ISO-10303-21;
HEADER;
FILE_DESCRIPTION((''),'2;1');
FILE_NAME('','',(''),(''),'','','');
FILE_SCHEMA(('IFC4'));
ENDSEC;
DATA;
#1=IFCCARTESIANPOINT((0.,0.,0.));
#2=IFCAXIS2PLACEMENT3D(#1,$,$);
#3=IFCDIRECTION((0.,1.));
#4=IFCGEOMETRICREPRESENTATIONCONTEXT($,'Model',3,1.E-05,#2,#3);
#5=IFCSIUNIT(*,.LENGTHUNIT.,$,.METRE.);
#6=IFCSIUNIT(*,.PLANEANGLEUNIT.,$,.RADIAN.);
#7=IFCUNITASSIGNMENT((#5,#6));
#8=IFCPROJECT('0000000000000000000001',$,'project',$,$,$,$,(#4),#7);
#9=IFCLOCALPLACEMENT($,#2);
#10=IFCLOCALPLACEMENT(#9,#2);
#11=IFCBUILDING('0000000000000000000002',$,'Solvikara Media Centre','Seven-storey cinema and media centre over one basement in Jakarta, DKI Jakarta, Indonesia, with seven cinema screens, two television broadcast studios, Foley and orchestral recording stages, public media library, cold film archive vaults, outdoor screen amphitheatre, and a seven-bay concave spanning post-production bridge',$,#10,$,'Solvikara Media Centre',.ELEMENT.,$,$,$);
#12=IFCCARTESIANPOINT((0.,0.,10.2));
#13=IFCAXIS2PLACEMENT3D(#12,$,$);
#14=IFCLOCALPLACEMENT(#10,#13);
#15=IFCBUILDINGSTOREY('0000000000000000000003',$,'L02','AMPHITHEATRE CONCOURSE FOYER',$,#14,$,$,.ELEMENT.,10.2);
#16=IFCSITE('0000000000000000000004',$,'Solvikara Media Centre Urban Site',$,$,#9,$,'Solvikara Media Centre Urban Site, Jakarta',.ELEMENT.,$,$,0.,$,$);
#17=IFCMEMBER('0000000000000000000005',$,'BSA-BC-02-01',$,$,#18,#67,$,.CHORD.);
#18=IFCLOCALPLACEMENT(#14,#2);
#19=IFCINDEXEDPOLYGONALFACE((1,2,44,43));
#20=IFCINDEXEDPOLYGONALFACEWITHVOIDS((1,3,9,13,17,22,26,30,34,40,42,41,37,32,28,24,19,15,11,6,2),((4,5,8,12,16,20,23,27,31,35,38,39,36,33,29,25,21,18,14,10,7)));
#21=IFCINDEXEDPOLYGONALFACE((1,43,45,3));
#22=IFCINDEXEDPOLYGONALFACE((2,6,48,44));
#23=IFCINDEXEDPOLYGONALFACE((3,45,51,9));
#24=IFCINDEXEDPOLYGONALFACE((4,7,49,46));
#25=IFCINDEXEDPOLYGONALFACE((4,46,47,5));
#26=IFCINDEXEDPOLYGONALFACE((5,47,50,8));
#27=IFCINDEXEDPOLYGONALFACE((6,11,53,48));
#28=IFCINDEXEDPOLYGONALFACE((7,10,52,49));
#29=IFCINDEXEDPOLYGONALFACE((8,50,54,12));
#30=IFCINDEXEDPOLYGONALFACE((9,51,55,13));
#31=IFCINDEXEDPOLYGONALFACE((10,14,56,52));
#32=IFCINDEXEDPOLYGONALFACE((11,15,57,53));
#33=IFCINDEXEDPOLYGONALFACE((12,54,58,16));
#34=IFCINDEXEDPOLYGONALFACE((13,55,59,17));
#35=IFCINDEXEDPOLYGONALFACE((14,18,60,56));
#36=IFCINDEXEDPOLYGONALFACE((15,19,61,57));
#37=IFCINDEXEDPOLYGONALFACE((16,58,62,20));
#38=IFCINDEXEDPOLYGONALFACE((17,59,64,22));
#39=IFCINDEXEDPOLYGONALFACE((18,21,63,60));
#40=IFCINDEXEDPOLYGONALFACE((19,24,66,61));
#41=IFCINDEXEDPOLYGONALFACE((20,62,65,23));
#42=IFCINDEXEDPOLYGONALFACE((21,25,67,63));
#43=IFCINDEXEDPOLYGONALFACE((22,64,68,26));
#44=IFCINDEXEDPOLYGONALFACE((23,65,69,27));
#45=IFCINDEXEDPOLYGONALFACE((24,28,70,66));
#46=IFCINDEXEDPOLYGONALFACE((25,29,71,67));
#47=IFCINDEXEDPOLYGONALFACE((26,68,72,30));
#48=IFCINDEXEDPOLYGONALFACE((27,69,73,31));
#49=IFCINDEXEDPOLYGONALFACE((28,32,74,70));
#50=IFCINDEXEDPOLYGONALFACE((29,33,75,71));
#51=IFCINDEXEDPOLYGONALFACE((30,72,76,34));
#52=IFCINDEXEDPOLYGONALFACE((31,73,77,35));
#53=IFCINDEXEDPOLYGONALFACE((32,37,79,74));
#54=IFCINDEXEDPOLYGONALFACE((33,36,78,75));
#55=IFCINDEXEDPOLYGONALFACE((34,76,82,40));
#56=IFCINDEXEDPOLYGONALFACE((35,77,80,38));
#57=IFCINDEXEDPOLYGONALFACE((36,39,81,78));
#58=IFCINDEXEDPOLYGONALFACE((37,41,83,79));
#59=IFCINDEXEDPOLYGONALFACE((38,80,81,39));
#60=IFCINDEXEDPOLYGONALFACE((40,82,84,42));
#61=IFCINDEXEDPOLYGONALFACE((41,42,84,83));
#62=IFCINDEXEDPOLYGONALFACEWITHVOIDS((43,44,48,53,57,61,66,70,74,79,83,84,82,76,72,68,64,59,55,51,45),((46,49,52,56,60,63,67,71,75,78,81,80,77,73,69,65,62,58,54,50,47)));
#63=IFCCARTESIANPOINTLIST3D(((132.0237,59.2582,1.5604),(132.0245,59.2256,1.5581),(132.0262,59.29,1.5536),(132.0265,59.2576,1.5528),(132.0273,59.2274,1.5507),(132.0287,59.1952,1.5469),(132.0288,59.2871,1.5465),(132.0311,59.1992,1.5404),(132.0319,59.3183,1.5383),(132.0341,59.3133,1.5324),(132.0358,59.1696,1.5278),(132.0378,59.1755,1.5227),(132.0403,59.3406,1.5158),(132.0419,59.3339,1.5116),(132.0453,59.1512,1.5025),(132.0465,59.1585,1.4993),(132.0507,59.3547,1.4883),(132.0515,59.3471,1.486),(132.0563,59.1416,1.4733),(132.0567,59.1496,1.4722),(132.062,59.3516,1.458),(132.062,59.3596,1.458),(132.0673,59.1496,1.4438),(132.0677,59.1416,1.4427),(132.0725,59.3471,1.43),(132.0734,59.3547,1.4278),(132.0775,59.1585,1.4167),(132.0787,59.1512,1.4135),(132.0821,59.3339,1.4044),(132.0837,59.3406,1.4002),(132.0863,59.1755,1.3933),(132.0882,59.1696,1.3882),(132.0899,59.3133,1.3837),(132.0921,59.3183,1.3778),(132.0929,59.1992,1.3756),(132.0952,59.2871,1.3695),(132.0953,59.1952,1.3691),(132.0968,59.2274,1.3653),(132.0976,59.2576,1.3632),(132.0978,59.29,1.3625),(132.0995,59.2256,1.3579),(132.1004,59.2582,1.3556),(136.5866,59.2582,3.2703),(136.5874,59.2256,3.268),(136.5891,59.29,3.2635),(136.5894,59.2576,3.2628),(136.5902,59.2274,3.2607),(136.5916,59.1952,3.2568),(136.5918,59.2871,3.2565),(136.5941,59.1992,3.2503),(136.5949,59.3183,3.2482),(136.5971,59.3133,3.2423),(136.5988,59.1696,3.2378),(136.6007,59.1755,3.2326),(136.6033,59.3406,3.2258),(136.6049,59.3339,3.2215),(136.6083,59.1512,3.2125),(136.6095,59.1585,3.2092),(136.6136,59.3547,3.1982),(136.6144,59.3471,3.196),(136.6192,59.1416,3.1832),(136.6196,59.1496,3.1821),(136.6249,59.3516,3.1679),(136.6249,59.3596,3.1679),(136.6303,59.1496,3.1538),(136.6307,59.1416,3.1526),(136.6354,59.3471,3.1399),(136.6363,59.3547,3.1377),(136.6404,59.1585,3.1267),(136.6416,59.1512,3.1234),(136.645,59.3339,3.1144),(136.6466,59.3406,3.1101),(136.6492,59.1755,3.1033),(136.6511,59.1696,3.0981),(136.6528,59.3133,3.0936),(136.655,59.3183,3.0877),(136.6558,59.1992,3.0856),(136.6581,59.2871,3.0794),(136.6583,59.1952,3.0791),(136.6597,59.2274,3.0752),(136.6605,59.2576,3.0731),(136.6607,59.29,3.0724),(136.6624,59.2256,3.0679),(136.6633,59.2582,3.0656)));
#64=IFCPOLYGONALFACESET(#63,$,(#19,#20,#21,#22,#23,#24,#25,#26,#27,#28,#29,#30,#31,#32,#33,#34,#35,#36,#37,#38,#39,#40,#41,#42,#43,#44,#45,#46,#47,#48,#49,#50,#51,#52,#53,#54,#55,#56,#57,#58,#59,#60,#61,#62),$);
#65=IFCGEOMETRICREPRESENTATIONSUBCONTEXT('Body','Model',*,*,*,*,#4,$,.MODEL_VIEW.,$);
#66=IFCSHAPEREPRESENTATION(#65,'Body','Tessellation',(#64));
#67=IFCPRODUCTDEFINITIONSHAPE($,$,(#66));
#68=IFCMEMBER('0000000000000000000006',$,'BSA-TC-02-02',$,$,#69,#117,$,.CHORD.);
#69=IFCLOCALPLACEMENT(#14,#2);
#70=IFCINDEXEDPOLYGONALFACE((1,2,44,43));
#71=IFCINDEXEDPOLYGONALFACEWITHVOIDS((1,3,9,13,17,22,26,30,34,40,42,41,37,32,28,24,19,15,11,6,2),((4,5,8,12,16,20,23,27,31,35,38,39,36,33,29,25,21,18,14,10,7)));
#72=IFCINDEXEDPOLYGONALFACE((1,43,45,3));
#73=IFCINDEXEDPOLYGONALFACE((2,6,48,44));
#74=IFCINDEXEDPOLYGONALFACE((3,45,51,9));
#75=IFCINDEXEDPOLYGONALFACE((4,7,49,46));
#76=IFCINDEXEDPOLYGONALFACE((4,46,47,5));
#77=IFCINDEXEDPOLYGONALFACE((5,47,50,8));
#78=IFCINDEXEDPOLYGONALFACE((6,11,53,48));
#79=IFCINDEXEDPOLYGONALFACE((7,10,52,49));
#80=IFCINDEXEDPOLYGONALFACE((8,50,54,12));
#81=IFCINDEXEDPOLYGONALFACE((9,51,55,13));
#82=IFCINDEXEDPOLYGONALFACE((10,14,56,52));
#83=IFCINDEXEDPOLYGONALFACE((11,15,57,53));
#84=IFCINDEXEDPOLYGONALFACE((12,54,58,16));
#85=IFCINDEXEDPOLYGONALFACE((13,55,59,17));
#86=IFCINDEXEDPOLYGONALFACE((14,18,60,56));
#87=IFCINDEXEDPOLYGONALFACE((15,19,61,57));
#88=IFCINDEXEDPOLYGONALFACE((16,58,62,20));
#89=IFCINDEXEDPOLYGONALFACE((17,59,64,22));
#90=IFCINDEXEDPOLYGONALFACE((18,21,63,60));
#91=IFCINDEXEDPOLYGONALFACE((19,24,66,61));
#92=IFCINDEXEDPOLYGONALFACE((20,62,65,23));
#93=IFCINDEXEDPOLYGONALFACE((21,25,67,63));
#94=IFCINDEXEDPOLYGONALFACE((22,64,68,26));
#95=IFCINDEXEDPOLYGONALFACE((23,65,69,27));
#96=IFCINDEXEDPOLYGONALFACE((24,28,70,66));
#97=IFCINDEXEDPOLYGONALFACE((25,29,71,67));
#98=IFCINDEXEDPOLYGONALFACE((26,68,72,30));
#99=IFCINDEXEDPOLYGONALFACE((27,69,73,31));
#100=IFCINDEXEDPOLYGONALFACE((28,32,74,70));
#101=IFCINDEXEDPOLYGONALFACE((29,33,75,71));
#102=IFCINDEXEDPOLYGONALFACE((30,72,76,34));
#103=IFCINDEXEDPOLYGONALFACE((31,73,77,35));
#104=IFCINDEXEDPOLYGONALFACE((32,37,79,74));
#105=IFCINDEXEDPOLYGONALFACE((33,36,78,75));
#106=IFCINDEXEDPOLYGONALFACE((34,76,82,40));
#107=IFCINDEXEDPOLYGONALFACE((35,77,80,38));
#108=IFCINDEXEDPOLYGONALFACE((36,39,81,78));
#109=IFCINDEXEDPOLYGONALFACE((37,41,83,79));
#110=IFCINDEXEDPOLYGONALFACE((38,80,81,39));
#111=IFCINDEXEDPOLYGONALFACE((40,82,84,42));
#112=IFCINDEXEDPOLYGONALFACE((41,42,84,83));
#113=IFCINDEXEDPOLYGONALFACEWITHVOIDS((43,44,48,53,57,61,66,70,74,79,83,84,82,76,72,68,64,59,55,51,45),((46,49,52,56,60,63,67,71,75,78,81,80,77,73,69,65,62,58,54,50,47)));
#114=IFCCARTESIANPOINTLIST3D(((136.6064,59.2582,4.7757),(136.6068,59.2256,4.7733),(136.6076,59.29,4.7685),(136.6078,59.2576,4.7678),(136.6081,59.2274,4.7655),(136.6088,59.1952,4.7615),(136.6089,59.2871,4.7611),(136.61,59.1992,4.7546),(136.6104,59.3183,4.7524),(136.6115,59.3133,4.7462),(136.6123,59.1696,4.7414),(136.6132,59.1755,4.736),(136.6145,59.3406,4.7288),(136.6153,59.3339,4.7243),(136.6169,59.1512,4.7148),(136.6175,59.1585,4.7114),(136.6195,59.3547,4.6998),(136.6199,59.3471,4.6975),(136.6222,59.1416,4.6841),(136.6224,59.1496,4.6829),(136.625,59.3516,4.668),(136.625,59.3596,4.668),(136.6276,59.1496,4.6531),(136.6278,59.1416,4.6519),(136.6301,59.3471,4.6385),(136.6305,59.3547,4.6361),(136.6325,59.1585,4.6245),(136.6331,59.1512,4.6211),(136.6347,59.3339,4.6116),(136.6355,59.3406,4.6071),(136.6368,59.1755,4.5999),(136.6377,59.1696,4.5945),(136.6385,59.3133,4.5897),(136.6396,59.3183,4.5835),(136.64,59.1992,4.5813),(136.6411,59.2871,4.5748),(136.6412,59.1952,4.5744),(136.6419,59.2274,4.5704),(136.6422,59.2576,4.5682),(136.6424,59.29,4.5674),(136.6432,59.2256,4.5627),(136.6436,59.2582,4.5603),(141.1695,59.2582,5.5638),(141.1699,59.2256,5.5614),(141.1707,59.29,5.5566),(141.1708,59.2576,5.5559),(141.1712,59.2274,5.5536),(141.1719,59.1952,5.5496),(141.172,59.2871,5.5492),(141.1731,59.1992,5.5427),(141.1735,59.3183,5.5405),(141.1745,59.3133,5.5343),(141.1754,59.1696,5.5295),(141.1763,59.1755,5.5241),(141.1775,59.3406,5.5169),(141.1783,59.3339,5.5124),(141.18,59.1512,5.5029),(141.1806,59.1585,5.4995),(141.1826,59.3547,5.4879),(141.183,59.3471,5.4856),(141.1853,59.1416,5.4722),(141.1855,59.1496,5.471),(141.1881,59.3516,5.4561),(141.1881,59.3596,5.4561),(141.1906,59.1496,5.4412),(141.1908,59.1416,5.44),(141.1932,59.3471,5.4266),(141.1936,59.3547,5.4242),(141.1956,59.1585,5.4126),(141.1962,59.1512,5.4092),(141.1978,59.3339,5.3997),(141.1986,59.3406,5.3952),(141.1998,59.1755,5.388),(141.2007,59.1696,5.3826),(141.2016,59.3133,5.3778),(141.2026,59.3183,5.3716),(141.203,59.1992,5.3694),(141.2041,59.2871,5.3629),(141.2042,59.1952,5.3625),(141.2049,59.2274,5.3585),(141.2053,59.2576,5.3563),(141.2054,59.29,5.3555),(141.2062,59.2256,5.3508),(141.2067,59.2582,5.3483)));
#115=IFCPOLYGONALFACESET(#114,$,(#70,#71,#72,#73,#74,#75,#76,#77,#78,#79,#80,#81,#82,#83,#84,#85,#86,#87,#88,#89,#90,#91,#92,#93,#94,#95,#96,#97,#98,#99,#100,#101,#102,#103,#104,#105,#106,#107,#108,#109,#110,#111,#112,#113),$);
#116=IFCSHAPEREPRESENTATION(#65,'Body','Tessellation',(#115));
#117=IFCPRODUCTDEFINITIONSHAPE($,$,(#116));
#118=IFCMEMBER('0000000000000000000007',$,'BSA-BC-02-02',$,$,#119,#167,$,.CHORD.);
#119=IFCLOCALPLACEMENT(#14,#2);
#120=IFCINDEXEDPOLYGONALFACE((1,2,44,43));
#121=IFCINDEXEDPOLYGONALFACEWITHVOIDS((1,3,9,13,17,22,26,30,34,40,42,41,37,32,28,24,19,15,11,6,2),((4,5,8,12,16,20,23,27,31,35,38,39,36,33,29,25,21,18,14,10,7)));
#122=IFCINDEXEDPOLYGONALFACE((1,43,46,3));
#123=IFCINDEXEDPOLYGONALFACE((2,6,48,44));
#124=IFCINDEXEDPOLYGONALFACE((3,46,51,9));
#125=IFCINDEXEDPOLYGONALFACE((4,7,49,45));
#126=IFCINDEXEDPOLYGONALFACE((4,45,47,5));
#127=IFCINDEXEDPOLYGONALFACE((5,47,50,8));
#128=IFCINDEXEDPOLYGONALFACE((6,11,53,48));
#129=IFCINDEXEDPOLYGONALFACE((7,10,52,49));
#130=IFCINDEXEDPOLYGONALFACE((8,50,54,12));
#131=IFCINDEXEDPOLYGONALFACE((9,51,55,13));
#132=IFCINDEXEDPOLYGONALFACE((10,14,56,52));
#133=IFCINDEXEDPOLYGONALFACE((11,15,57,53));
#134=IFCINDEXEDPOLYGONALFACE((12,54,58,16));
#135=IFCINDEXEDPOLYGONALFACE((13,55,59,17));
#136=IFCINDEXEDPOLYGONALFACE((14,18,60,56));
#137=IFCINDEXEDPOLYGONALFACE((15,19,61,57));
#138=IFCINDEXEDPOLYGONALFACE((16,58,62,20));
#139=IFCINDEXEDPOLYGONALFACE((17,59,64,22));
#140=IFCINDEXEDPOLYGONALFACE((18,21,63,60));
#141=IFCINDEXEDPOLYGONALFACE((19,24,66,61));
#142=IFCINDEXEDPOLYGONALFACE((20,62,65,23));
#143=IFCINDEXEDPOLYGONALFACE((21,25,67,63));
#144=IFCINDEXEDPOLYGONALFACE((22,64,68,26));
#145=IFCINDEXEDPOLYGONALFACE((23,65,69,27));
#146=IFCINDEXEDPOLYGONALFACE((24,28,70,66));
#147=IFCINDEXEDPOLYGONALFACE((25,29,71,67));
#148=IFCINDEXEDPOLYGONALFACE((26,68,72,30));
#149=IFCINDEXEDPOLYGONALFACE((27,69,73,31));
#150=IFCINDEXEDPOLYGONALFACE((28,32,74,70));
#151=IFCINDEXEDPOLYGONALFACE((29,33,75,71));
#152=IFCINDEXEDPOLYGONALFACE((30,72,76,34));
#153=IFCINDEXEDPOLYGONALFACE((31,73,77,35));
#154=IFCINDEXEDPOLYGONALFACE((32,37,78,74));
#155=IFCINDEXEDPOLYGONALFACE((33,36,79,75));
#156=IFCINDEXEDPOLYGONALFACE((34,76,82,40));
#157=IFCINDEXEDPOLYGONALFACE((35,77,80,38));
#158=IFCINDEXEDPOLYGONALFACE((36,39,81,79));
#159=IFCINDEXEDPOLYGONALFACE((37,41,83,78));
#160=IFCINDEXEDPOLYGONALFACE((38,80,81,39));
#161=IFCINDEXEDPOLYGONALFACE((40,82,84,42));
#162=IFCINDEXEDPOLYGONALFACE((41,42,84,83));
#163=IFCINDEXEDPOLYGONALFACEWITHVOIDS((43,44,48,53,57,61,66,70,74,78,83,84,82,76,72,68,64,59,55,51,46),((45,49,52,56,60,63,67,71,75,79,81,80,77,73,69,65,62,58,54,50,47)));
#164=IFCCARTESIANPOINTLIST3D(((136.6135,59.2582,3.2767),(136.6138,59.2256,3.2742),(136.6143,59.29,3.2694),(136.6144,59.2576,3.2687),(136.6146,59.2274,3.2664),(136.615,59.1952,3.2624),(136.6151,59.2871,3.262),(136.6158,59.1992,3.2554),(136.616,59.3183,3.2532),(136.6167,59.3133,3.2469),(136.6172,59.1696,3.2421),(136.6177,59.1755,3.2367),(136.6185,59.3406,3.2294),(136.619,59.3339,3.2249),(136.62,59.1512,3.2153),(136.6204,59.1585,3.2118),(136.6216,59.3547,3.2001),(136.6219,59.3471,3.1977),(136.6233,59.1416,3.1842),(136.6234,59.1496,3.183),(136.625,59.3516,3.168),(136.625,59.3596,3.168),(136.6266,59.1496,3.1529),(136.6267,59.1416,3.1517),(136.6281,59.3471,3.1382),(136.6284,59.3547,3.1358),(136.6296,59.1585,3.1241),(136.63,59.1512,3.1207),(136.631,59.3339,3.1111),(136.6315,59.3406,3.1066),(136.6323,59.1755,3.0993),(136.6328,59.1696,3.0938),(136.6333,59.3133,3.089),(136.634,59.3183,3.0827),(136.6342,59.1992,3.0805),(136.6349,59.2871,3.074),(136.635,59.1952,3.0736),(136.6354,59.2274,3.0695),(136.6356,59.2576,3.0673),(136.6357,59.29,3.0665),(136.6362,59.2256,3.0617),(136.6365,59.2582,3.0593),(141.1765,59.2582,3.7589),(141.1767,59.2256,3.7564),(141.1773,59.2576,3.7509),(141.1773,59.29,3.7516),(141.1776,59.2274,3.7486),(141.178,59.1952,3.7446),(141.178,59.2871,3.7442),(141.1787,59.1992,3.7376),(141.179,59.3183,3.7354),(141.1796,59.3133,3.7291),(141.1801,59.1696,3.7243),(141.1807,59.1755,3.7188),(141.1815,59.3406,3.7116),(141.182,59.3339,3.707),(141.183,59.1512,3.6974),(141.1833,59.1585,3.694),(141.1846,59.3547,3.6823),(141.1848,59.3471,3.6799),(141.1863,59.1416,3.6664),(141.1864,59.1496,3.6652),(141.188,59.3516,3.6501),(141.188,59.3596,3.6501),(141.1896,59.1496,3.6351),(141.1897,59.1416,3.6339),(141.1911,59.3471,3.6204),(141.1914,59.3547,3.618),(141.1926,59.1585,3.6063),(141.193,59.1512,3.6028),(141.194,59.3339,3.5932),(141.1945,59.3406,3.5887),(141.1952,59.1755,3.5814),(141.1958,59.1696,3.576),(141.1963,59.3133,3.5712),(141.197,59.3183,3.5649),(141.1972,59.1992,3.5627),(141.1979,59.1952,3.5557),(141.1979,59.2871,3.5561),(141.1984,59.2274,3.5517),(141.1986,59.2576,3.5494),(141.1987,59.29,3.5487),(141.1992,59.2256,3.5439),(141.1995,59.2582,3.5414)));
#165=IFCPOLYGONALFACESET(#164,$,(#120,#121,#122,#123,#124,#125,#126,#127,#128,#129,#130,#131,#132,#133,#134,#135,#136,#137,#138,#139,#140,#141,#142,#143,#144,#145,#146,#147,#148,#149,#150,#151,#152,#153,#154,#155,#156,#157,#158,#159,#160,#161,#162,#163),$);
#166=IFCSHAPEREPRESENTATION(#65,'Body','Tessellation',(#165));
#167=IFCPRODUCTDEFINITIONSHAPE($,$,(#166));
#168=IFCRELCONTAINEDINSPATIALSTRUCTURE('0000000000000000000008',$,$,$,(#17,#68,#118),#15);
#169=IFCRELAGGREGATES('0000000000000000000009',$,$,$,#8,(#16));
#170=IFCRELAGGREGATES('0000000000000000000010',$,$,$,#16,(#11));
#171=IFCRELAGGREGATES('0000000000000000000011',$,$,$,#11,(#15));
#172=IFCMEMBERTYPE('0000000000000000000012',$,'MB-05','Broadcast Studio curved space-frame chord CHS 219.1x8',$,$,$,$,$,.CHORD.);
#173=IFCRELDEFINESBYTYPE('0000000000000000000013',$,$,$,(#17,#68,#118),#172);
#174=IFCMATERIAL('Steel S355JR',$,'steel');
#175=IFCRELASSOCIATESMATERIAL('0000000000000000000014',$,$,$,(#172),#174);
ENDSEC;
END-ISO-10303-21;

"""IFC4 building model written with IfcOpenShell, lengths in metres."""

from ifc_helpers import new_model, si_unit, direction, frame, origin, origin_2d, place, context, subcontext, project, spatial, hollow_circle, extrude, material, material_profile, profile_set, type_object, element, save


model = new_model("IFC4")

# Units and contexts
model_context = context("Model", 3, precision=1e-05, world=origin(), true_north=direction((0.0, 1.0)))
body_context = subcontext(model_context, "Body", "Model", "MODEL_VIEW")
ifc_project = project(units=[si_unit("LENGTHUNIT", "METRE"), si_unit("PLANEANGLEUNIT", "RADIAN")], contexts=[model_context])

# Site, building, storey
site_placement = place(None, origin())
site = spatial("IfcSite", under=ifc_project, at=site_placement, Name="Solvikara Media Centre Urban Site", LongName="Solvikara Media Centre Urban Site, Jakarta", CompositionType="ELEMENT", RefElevation=0.0)
building_placement = place(site_placement, origin())
building = spatial("IfcBuilding", under=site, at=building_placement, Name="Solvikara Media Centre", Description="Seven-storey cinema and media centre over one basement in Jakarta, DKI Jakarta, Indonesia, with seven cinema screens, two television broadcast studios, Foley and orchestral recording stages, public media library, cold film archive vaults, outdoor screen amphitheatre, and a seven-bay concave spanning post-production bridge", LongName="Solvikara Media Centre", CompositionType="ELEMENT")
storey_placement = place(building_placement, frame((0.0, 0.0, 10.2)))
storey = spatial("IfcBuildingStorey", under=building, at=storey_placement, Name="L02", Description="AMPHITHEATRE CONCOURSE FOYER", CompositionType="ELEMENT", Elevation=10.2)

# Members
ifc_material_1 = material(Name="Steel S355JR", Category="steel")
ifc_material_profile_1 = material_profile(ifc_material_1, hollow_circle(Radius=0.1096, WallThickness=0.0081, at=origin_2d()), Name="CHS 219.1x8")
ifc_profile_set_1 = profile_set([ifc_material_profile_1], Name="Steel S355JR")
member_type_1 = type_object("IfcMemberType", Name="MB-05", Description="Broadcast Studio curved space-frame chord CHS 219.1x8", PredefinedType="CHORD", material=ifc_profile_set_1)
for number, where, z_axis, x_axis, name in (
    (1, (132.062, 59.25, 1.458), (0.936407, 0.0, 0.350915), (0.0, 1.0, 0.0), "BSA-BC-02-01"),
):
    element("IfcMember", number, at=place(storey_placement, frame(where, z_axis=z_axis, x_axis=x_axis)), inside=storey, type_object=member_type_1, Name=name, PredefinedType="CHORD", context=body_context, shape_type="SweptSolid", body=[
        extrude(hollow_circle(Radius=0.1096, WallThickness=0.0081, at=origin_2d()), origin(), (0.0, 0.0, 1.0), 4.8728),
    ])
member_1_placement = place(storey_placement, frame((136.625, 59.25, 4.668), z_axis=(0.985411, 0.0, 0.170193), x_axis=(0.0, 1.0, 0.0)))
element("IfcMember", 2, at=member_1_placement, inside=storey, type_object=member_type_1, Name="BSA-TC-02-02", PredefinedType="CHORD", context=body_context, shape_type="SweptSolid", body=[
    extrude(hollow_circle(Radius=0.1096, WallThickness=0.0081, at=origin_2d()), origin(), (0.0, 0.0, 1.0), 4.6306),
])
member_2_placement = place(storey_placement, frame((136.625, 59.25, 3.168), z_axis=(0.994463, 0.0, 0.105086), x_axis=(0.0, 1.0, 0.0)))
element("IfcMember", 3, at=member_2_placement, inside=storey, type_object=member_type_1, Name="BSA-BC-02-02", PredefinedType="CHORD", context=body_context, shape_type="SweptSolid", body=[
    extrude(hollow_circle(Radius=0.1096, WallThickness=0.0081, at=origin_2d()), origin(), (0.0, 0.0, 1.0), 4.5884),
])

save(model, "model.ifc")
